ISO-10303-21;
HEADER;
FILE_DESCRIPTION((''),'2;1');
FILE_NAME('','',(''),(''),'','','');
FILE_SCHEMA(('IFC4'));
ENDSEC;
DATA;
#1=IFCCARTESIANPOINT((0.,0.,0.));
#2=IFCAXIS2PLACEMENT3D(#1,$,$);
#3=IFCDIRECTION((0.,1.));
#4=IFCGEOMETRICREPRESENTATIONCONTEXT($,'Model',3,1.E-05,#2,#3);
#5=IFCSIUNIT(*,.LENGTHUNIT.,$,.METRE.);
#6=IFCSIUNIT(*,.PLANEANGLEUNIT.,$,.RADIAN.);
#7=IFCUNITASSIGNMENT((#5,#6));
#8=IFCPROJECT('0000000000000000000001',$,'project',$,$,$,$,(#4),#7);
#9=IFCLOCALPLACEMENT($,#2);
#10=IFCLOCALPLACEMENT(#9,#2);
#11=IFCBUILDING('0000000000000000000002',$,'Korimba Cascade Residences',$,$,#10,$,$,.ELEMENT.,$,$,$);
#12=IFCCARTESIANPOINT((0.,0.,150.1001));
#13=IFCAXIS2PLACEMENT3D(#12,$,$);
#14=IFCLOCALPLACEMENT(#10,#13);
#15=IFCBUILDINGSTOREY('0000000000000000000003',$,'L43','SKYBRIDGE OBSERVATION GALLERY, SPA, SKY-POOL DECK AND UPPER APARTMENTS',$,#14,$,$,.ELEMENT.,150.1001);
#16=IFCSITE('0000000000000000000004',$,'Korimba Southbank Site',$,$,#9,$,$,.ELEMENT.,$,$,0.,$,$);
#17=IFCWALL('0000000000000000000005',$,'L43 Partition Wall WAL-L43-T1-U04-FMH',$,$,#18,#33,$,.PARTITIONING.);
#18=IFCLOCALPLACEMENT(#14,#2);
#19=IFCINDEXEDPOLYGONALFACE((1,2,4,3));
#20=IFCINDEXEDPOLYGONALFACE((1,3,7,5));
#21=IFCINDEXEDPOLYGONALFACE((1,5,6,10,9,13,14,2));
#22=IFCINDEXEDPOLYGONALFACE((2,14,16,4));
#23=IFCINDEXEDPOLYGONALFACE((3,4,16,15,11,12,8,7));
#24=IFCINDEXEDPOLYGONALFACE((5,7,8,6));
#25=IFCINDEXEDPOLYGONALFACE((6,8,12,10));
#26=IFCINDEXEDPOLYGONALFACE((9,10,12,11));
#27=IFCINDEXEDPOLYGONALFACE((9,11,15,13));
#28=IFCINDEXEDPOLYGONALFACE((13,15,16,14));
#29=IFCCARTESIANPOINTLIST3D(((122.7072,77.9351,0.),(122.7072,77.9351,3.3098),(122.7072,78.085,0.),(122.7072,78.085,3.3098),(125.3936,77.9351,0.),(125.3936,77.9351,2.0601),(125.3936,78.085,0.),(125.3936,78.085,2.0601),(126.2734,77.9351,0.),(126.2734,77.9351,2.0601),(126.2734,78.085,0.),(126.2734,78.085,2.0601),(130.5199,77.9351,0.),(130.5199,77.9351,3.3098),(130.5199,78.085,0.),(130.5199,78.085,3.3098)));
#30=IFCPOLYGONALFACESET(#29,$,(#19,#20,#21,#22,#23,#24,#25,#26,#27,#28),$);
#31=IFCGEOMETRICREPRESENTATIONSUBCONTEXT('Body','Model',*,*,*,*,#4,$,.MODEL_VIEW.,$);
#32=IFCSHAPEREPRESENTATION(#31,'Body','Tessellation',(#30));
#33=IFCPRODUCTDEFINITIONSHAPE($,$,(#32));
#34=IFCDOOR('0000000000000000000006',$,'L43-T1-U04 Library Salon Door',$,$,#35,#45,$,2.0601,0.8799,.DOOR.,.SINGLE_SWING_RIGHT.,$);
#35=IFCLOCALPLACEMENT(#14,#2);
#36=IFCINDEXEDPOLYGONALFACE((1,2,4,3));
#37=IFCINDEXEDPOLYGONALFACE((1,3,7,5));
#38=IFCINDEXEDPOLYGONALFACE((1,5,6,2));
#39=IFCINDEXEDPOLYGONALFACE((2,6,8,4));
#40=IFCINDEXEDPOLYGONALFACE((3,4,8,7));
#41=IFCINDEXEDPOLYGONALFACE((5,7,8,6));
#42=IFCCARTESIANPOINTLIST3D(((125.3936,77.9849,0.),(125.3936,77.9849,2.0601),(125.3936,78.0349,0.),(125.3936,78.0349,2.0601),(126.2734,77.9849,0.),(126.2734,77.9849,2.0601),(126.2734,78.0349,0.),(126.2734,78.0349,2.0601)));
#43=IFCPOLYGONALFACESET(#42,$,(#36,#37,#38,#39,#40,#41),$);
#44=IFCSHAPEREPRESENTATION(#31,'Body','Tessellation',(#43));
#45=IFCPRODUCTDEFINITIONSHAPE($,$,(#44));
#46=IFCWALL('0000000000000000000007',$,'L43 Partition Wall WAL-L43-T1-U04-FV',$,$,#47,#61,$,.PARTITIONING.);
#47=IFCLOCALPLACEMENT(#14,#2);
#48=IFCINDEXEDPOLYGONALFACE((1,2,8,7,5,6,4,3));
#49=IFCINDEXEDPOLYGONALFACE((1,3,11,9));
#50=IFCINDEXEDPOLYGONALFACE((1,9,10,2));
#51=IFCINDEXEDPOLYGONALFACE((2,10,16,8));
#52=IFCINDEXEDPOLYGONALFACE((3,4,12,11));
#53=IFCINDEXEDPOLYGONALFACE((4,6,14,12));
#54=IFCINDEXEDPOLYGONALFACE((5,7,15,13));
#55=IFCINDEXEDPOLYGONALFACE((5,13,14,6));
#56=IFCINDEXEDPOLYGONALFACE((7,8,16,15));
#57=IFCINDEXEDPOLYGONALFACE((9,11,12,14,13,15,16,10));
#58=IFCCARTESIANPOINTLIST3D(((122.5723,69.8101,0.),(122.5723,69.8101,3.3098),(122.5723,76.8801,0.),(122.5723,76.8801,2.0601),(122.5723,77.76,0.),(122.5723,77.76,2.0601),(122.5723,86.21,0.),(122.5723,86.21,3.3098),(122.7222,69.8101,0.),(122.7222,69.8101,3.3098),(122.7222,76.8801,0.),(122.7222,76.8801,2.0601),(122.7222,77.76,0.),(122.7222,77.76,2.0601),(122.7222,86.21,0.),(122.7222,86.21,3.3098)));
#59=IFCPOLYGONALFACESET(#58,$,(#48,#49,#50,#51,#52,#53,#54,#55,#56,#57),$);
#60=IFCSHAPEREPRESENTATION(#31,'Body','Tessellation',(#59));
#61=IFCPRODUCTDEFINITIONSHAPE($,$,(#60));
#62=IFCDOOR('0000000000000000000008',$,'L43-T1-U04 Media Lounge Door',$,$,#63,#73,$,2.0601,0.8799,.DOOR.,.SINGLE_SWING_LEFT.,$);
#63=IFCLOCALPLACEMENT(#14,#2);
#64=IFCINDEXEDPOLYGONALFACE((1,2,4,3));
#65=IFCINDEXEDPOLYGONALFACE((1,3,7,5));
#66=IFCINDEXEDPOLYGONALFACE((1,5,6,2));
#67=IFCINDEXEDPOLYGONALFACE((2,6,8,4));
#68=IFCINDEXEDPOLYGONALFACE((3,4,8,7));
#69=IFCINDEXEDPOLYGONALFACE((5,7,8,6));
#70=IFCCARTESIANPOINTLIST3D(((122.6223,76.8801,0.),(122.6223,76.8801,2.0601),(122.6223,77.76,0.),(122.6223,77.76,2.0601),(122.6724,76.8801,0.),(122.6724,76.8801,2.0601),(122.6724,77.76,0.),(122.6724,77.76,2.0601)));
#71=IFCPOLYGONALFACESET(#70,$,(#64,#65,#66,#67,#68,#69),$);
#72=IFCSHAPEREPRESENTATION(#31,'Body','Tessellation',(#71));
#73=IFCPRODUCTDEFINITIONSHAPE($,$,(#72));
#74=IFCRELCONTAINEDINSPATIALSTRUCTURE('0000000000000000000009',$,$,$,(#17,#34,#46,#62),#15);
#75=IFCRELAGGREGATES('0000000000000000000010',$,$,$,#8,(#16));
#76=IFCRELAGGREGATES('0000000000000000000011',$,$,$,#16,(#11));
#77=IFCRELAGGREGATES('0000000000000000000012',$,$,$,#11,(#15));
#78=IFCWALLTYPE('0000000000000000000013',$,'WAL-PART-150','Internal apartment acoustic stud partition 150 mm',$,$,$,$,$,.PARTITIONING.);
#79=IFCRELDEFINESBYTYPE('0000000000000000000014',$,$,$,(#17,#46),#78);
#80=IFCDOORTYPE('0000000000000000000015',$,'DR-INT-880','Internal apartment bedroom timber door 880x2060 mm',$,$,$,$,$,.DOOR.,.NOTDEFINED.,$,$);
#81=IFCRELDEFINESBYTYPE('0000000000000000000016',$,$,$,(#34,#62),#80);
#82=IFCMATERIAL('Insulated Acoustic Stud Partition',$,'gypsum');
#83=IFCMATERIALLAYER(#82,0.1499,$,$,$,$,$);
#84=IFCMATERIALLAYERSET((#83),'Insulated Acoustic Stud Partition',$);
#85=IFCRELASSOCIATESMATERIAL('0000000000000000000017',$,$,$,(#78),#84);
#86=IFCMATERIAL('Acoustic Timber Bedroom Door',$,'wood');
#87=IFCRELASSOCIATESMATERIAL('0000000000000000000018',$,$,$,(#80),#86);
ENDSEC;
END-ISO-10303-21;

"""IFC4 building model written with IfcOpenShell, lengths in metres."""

from ifc_helpers import new_model, si_unit, direction, frame, frame_2d, origin, place, context, subcontext, project, spatial, rectangle, extrude, material, layer, layer_set, type_object, element, fill, save


model = new_model("IFC4")

# Units and contexts
model_context = context("Model", 3, precision=1e-05, world=origin(), true_north=direction((0.0, 1.0)))
body_context = subcontext(model_context, "Body", "Model", "MODEL_VIEW")
ifc_project = project(units=[si_unit("LENGTHUNIT", "METRE"), si_unit("PLANEANGLEUNIT", "RADIAN")], contexts=[model_context])

# Site, building, storey
site_placement = place(None, origin())
site = spatial("IfcSite", under=ifc_project, at=site_placement, Name="Korimba Southbank Site", CompositionType="ELEMENT", RefElevation=0.0)
building_placement = place(site_placement, origin())
building = spatial("IfcBuilding", under=site, at=building_placement, Name="Korimba Cascade Residences", CompositionType="ELEMENT")
storey_placement = place(building_placement, frame((0.0, 0.0, 150.1001)))
storey = spatial("IfcBuildingStorey", under=building, at=storey_placement, Name="L43", Description="SKYBRIDGE OBSERVATION GALLERY, SPA, SKY-POOL DECK AND UPPER APARTMENTS", CompositionType="ELEMENT", Elevation=150.1001)

# Shared definitions
ifc_material_1 = material(Name="Insulated Acoustic Stud Partition", Category="gypsum")
ifc_layer_1 = layer(ifc_material_1, 0.1499)
ifc_layer_set_1 = layer_set([ifc_layer_1], Name="Insulated Acoustic Stud Partition")
wall_type_1 = type_object("IfcWallType", Name="WAL-PART-150", Description="Internal apartment acoustic stud partition 150 mm", PredefinedType="PARTITIONING", material=ifc_layer_set_1)

# Shared definitions
ifc_material_2 = material(Name="Acoustic Timber Bedroom Door", Category="wood")
door_type_1 = type_object("IfcDoorType", Name="DR-INT-880", Description="Internal apartment bedroom timber door 880x2060 mm", OperationType="NOTDEFINED", PredefinedType="DOOR", material=ifc_material_2)

# Walls, openings, doors
wall_1_placement = place(storey_placement, frame((122.7073, 78.01, 0.0), z_axis=(0.0, 0.0, 1.0), x_axis=(1.0, 0.0, 0.0)))
wall_1 = element("IfcWall", 1, at=wall_1_placement, inside=storey, type_object=wall_type_1, Name="L43 Partition Wall WAL-L43-T1-U04-FMH", PredefinedType="PARTITIONING", context=body_context, shape_type="SweptSolid", body=[
    extrude(rectangle(XDim=7.8127, YDim=0.1499, at=frame_2d((3.9062, 0.0))), origin(), (0.0, 0.0, 1.0), 3.3098),
])
opening_1_placement = place(wall_1_placement, frame((2.6863, 0.0, 0.0)))
opening_1 = element("IfcOpeningElement", 2, at=opening_1_placement, cuts=wall_1, PredefinedType="OPENING", context=body_context, shape_type="SweptSolid", body=[
    extrude(rectangle(XDim=0.8799, YDim=2.0601, at=frame_2d((0.4399, 1.03))), frame((0.0, 0.085, 0.0), z_axis=(0.0, -1.0, 0.0), x_axis=(1.0, 0.0, 0.0)), (0.0, 0.0, 1.0), 0.1699),
])
door_1_placement = place(opening_1_placement, origin())
door_1 = element("IfcDoor", 3, at=door_1_placement, inside=storey, type_object=door_type_1, Name="L43-T1-U04 Library Salon Door", OperationType="SINGLE_SWING_RIGHT", OverallHeight=2.0601, OverallWidth=0.8799, PredefinedType="DOOR", context=body_context, shape_type="SweptSolid", body=[
    extrude(rectangle(XDim=0.8799, YDim=2.0601, at=frame_2d((0.4399, 1.03))), frame((0.0, 0.0249, 0.0), z_axis=(0.0, -1.0, 0.0), x_axis=(1.0, 0.0, 0.0)), (0.0, 0.0, 1.0), 0.05),
])
fill(opening_1, door_1)
wall_2_placement = place(storey_placement, frame((122.6472, 69.8101, 0.0), z_axis=(0.0, 0.0, 1.0), x_axis=(0.0, 1.0, 0.0)))
wall_2 = element("IfcWall", 4, at=wall_2_placement, inside=storey, type_object=wall_type_1, Name="L43 Partition Wall WAL-L43-T1-U04-FV", PredefinedType="PARTITIONING", context=body_context, shape_type="SweptSolid", body=[
    extrude(rectangle(XDim=16.3999, YDim=0.1499, at=frame_2d((8.2, 0.0))), origin(), (0.0, 0.0, 1.0), 3.3098),
])
opening_2_placement = place(wall_2_placement, frame((7.0701, 0.0, 0.0)))
opening_2 = element("IfcOpeningElement", 5, at=opening_2_placement, cuts=wall_2, PredefinedType="OPENING", context=body_context, shape_type="SweptSolid", body=[
    extrude(rectangle(XDim=0.8799, YDim=2.0601, at=frame_2d((0.4399, 1.03))), frame((0.0, 0.085, 0.0), z_axis=(0.0, -1.0, 0.0), x_axis=(1.0, 0.0, 0.0)), (0.0, 0.0, 1.0), 0.1699),
])
door_2_placement = place(opening_2_placement, origin())
door_2 = element("IfcDoor", 6, at=door_2_placement, inside=storey, type_object=door_type_1, Name="L43-T1-U04 Media Lounge Door", OperationType="SINGLE_SWING_LEFT", OverallHeight=2.0601, OverallWidth=0.8799, PredefinedType="DOOR", context=body_context, shape_type="SweptSolid", body=[
    extrude(rectangle(XDim=0.8799, YDim=2.0601, at=frame_2d((0.4399, 1.03))), frame((0.0, 0.0249, 0.0), z_axis=(0.0, -1.0, 0.0), x_axis=(1.0, 0.0, 0.0)), (0.0, 0.0, 1.0), 0.05),
])
fill(opening_2, door_2)

save(model, "model.ifc")
